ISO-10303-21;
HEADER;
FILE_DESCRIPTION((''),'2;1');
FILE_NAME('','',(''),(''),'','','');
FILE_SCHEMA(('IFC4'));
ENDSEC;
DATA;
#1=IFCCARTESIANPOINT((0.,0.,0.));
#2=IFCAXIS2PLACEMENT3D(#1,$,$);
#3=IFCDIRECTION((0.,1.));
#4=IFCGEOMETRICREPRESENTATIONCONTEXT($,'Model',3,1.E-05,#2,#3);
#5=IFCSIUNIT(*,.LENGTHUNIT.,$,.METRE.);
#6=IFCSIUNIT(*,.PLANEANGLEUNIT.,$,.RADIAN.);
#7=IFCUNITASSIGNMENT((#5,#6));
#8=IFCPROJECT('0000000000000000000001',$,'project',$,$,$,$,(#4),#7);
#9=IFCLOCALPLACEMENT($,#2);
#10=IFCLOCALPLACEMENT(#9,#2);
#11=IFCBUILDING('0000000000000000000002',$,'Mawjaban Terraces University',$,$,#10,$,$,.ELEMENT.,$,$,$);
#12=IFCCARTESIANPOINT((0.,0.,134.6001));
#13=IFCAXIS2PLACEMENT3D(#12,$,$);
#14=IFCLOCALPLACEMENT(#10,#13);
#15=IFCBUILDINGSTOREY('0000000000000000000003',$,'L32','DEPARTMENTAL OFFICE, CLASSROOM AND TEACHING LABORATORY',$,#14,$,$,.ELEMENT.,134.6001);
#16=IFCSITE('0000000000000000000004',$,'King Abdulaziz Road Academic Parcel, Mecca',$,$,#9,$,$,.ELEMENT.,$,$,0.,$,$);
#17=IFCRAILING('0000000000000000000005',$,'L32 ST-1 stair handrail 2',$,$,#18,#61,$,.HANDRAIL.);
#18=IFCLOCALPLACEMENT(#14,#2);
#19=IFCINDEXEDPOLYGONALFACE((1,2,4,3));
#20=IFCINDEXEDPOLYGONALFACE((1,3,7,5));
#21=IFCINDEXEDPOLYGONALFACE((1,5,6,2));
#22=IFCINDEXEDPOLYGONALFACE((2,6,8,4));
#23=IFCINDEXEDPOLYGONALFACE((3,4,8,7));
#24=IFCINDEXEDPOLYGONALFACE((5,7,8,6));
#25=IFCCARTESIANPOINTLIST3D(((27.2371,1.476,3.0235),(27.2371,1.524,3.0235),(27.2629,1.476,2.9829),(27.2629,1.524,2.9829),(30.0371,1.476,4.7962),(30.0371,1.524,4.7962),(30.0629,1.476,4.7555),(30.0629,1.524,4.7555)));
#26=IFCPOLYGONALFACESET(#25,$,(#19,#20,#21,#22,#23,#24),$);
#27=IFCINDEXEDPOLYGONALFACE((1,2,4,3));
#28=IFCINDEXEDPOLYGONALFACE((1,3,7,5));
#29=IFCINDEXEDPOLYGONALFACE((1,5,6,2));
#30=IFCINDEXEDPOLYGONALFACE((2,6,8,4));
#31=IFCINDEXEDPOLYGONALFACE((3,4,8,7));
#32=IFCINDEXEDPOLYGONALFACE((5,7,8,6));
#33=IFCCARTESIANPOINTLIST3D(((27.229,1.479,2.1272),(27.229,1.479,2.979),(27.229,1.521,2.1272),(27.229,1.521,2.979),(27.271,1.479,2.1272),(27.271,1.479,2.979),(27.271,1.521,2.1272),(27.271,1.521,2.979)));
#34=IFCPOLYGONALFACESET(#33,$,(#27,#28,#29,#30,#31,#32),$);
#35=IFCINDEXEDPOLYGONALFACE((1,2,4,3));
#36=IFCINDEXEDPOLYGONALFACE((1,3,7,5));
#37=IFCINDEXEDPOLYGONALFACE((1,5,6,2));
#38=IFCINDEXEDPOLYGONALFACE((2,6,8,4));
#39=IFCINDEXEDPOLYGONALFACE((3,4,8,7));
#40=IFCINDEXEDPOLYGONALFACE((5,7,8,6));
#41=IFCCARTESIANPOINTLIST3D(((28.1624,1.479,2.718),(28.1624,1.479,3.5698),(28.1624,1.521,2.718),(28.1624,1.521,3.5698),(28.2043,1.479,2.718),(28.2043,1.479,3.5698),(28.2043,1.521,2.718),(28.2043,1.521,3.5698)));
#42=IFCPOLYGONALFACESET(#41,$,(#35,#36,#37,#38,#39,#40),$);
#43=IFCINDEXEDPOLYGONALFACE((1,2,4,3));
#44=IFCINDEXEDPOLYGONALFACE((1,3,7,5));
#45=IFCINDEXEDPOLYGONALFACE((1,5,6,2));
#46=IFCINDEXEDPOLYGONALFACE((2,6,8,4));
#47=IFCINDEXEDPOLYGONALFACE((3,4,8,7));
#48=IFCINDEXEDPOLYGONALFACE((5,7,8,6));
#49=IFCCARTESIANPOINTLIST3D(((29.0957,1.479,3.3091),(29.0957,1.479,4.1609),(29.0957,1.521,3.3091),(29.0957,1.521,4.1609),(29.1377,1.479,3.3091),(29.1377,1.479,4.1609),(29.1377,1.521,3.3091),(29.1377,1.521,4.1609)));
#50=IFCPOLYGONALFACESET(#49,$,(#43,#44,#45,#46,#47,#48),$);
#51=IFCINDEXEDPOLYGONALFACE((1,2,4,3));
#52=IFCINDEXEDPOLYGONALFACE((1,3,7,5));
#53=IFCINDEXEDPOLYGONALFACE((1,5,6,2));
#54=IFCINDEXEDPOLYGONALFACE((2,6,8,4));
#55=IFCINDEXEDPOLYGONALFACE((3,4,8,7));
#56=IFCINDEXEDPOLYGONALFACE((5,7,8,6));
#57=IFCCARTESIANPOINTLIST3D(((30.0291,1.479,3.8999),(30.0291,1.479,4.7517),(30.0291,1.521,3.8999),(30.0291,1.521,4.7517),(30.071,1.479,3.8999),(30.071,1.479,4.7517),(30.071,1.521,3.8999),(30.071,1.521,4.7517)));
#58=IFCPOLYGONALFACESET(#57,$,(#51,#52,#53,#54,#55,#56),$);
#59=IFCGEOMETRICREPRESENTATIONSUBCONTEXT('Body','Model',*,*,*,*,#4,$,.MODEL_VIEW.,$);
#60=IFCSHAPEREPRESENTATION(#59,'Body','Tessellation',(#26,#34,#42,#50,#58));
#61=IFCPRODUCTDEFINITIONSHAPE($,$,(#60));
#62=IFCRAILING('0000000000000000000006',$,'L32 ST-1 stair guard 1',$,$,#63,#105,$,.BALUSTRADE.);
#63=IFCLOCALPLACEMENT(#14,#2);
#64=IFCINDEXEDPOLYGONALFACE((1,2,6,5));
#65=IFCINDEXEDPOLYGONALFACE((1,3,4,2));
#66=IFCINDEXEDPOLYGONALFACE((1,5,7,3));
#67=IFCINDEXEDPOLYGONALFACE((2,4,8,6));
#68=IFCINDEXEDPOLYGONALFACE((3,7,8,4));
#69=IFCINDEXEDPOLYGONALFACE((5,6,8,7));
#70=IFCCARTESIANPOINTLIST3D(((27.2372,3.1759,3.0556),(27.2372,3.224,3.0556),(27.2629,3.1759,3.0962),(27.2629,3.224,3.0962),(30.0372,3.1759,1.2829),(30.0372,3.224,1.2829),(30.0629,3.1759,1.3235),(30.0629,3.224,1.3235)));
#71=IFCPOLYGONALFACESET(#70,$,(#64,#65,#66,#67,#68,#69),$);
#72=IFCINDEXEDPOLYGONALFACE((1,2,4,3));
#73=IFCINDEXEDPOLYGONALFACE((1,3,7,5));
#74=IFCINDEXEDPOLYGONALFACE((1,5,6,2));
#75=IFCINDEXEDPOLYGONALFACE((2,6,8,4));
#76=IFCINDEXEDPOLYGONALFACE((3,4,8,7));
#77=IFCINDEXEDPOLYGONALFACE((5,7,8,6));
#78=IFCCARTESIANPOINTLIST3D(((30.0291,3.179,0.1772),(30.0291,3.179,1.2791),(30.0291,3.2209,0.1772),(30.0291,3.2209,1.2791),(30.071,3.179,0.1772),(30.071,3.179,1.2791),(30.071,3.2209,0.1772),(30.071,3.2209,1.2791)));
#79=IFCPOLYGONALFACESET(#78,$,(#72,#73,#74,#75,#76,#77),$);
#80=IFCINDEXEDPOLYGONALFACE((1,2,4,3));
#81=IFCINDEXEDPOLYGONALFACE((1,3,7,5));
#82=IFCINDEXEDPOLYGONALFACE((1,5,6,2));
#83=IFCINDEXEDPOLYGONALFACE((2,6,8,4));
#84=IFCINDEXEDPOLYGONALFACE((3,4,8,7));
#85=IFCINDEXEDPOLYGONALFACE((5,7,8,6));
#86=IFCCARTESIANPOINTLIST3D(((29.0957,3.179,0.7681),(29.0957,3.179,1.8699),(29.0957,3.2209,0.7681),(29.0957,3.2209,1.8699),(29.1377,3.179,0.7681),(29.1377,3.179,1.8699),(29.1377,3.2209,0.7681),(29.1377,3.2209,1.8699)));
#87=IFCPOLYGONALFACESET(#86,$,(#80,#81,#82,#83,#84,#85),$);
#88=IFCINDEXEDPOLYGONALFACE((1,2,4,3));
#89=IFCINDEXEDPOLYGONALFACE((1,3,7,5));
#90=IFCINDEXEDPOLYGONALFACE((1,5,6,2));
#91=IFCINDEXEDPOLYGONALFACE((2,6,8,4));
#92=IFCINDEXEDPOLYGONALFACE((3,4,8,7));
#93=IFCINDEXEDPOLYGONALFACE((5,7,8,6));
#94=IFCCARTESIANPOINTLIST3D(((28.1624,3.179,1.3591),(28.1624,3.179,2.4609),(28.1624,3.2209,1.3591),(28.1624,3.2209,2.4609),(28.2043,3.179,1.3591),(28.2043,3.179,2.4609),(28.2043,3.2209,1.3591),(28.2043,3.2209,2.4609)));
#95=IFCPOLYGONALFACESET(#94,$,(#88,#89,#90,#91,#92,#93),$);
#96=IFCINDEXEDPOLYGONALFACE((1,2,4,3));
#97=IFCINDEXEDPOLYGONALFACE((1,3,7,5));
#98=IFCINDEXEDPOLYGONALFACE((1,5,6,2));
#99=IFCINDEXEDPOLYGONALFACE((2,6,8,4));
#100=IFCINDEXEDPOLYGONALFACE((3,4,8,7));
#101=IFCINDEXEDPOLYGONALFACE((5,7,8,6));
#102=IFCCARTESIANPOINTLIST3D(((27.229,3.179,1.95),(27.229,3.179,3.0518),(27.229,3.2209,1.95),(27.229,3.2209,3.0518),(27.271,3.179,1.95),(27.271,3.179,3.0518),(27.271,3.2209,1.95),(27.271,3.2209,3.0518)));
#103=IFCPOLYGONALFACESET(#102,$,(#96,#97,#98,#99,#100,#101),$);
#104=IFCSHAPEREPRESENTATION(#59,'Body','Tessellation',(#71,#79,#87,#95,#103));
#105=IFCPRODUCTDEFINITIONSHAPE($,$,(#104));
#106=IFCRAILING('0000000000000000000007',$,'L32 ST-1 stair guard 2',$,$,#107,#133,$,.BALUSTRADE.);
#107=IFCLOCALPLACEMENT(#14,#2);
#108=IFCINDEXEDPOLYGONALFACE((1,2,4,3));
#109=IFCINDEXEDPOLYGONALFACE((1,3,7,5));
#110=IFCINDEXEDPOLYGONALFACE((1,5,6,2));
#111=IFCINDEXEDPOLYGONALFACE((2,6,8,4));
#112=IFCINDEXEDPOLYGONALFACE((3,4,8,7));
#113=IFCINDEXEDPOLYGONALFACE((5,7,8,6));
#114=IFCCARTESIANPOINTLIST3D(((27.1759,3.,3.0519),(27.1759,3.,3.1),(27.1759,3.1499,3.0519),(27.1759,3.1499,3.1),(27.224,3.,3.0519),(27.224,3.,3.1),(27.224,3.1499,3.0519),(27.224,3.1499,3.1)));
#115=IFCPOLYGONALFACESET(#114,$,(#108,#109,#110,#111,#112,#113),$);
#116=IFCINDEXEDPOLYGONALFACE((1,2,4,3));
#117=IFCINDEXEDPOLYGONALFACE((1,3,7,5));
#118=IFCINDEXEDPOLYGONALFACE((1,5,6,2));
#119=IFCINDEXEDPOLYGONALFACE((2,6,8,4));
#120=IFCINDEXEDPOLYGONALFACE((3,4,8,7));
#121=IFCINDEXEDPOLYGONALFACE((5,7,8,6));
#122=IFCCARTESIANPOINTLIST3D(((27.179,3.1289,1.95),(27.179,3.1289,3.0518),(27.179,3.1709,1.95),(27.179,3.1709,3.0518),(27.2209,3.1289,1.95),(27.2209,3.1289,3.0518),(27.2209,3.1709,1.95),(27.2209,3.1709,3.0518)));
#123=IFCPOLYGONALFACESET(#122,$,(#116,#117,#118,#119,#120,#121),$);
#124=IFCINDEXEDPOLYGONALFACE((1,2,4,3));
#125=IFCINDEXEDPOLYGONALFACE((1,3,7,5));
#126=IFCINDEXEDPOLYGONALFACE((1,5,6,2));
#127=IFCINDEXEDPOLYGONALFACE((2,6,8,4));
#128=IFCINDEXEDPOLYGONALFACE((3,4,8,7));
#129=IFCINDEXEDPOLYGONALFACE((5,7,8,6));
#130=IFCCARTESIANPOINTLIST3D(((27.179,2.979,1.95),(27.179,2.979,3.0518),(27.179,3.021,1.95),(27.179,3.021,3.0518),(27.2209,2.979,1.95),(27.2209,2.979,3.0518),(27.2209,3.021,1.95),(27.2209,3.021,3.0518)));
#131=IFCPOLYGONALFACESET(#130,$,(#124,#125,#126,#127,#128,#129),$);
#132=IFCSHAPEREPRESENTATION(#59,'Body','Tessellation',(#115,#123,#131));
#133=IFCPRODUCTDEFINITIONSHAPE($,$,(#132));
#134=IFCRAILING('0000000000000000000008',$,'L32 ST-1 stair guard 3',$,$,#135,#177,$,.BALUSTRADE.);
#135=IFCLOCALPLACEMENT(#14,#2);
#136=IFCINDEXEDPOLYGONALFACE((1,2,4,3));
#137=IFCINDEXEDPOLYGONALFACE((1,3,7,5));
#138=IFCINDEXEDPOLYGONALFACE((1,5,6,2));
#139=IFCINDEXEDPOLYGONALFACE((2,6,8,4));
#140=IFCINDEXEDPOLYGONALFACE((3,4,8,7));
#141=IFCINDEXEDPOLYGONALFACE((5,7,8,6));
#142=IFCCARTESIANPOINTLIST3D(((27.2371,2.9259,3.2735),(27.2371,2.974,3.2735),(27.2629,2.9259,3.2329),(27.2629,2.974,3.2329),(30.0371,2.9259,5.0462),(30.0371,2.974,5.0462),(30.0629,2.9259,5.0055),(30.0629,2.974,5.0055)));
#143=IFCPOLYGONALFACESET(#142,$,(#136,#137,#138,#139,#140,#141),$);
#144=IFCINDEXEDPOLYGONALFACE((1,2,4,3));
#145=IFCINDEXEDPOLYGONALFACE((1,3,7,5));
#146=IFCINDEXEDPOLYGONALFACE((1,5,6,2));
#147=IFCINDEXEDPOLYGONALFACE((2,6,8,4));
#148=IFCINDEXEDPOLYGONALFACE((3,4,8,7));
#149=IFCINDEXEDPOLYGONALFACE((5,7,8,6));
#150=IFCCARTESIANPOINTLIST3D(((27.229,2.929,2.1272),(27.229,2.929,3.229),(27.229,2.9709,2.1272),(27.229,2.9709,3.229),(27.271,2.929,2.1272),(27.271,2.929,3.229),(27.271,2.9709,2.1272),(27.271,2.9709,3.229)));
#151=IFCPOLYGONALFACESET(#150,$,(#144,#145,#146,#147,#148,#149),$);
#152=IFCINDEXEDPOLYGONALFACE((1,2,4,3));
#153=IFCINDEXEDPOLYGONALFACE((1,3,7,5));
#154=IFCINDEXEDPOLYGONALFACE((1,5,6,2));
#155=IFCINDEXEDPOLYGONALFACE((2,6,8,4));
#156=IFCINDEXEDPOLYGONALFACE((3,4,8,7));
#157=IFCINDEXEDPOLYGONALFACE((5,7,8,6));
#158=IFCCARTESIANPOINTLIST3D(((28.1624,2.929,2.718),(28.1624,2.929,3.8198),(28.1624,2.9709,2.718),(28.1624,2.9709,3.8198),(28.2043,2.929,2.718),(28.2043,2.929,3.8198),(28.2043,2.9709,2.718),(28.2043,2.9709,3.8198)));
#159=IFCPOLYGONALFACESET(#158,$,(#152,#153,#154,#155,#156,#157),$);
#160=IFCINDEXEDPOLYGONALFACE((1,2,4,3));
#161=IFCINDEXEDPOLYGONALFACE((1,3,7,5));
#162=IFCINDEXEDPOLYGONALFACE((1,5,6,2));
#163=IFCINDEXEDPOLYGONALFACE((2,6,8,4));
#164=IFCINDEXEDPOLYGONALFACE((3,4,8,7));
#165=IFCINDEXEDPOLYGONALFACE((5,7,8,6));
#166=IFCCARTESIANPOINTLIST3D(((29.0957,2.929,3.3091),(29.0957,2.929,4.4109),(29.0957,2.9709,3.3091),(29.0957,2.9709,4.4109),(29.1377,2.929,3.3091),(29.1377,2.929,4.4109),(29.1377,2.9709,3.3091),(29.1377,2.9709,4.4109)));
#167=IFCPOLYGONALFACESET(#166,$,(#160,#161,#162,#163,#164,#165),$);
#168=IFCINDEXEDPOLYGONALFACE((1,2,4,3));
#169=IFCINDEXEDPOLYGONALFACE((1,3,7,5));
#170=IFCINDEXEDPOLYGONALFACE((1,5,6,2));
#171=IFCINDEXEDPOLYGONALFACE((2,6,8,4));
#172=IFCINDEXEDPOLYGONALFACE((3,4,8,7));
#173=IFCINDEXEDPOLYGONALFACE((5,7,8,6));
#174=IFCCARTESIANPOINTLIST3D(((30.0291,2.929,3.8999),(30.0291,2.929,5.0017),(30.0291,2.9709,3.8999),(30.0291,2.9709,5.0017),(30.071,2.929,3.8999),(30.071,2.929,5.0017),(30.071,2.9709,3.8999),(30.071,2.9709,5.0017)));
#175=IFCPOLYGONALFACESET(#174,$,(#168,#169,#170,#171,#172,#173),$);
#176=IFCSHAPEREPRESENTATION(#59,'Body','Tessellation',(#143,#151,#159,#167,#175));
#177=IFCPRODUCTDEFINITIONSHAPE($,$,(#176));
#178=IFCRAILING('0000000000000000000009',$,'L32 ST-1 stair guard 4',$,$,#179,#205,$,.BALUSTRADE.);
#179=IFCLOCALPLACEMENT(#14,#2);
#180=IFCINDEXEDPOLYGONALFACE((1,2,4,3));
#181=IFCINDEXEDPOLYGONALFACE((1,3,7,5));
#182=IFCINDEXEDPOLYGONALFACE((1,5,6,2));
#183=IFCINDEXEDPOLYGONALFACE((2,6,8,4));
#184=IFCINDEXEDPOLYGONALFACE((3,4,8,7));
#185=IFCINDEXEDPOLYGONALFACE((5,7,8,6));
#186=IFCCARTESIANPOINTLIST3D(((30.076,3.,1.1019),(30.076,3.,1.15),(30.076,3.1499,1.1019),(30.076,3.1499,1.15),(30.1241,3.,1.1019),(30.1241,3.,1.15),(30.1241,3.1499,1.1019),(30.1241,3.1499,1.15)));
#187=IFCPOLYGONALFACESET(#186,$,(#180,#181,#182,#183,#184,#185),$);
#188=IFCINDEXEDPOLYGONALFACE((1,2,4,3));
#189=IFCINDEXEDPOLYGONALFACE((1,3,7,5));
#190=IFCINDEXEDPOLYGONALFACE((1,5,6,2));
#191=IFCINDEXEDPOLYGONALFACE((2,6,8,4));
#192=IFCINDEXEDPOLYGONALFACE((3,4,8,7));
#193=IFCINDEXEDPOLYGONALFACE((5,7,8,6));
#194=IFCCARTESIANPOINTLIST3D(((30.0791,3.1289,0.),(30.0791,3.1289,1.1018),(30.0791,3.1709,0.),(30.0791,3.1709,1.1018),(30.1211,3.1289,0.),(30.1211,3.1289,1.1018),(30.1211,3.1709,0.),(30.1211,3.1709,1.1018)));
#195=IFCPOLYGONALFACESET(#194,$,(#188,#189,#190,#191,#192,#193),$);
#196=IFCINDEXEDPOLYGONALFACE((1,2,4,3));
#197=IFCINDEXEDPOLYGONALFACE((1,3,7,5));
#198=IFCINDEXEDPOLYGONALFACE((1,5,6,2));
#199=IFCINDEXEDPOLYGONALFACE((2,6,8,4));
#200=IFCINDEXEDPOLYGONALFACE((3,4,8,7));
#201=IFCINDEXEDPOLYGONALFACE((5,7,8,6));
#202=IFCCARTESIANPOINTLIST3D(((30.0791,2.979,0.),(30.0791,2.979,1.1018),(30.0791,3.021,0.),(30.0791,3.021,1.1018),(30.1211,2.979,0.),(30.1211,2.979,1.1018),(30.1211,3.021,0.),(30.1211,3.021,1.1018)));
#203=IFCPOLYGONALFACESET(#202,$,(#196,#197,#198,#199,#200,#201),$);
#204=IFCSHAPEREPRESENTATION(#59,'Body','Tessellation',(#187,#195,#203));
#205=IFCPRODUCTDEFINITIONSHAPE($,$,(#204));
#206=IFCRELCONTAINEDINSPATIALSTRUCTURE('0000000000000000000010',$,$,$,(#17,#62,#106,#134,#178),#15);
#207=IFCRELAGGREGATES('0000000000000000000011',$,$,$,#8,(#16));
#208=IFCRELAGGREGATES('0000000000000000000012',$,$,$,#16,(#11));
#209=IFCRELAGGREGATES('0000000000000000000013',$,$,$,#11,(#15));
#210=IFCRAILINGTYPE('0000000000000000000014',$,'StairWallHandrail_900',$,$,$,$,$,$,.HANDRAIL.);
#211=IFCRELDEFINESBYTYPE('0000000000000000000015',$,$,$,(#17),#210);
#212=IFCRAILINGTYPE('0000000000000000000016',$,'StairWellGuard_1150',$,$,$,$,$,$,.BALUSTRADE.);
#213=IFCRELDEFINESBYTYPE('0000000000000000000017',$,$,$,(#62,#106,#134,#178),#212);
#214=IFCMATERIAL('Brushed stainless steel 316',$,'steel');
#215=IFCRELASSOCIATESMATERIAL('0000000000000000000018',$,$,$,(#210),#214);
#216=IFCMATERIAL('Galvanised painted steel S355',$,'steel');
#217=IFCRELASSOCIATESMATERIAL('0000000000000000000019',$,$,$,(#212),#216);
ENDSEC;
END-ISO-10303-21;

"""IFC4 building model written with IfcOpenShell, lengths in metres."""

from ifc_helpers import new_model, si_unit, direction, frame, origin, origin_2d, place, context, subcontext, project, spatial, rectangle, extrude, material, type_object, element, save


model = new_model("IFC4")

# Units and contexts
model_context = context("Model", 3, precision=1e-05, world=origin(), true_north=direction((0.0, 1.0)))
body_context = subcontext(model_context, "Body", "Model", "MODEL_VIEW")
ifc_project = project(units=[si_unit("LENGTHUNIT", "METRE"), si_unit("PLANEANGLEUNIT", "RADIAN")], contexts=[model_context])

# Site, building, storey
site_placement = place(None, origin())
site = spatial("IfcSite", under=ifc_project, at=site_placement, Name="King Abdulaziz Road Academic Parcel, Mecca", CompositionType="ELEMENT", RefElevation=0.0)
building_placement = place(site_placement, origin())
building = spatial("IfcBuilding", under=site, at=building_placement, Name="Mawjaban Terraces University", CompositionType="ELEMENT")
storey_placement = place(building_placement, frame((0.0, 0.0, 134.6001)))
storey = spatial("IfcBuildingStorey", under=building, at=storey_placement, Name="L32", Description="DEPARTMENTAL OFFICE, CLASSROOM AND TEACHING LABORATORY", CompositionType="ELEMENT", Elevation=134.6001)

# Railings
ifc_material_1 = material(Name="Brushed stainless steel 316", Category="steel")
railing_type_1 = type_object("IfcRailingType", Name="StairWallHandrail_900", PredefinedType="HANDRAIL", material=ifc_material_1)
railing_1_placement = place(storey_placement, frame((27.25, 1.5, 2.1272)))
element("IfcRailing", 1, at=railing_1_placement, inside=storey, type_object=railing_type_1, Name="L32 ST-1 stair handrail 2", PredefinedType="HANDRAIL", context=body_context, shape_type="SweptSolid", body=[
    extrude(rectangle(XDim=0.0481, YDim=0.0481, at=origin_2d()), frame((0.0, 0.0, 0.876), z_axis=(0.844909, 0.0, 0.53491), x_axis=(0.0, 1.0, 0.0)), (0.0, 0.0, 1.0), 3.314),
    extrude(rectangle(XDim=0.042, YDim=0.042, at=origin_2d()), origin(), (0.0, 0.0, 1.0), 0.8518),
    extrude(rectangle(XDim=0.042, YDim=0.042, at=origin_2d()), frame((0.9333, 0.0, 0.5908)), (0.0, 0.0, 1.0), 0.8518),
    extrude(rectangle(XDim=0.042, YDim=0.042, at=origin_2d()), frame((1.8667, 0.0, 1.1819)), (0.0, 0.0, 1.0), 0.8518),
    extrude(rectangle(XDim=0.042, YDim=0.042, at=origin_2d()), frame((2.8, 0.0, 1.7727)), (0.0, 0.0, 1.0), 0.8518),
])
ifc_material_2 = material(Name="Galvanised painted steel S355", Category="steel")
railing_type_2 = type_object("IfcRailingType", Name="StairWellGuard_1150", PredefinedType="BALUSTRADE", material=ifc_material_2)
railing_2_placement = place(storey_placement, frame((30.05, 3.2, 0.1772)))
element("IfcRailing", 2, at=railing_2_placement, inside=storey, type_object=railing_type_2, Name="L32 ST-1 stair guard 1", PredefinedType="BALUSTRADE", context=body_context, shape_type="SweptSolid", body=[
    extrude(rectangle(XDim=0.0481, YDim=0.0481, at=origin_2d()), frame((0.0, 0.0, 1.126), z_axis=(-0.844909, 0.0, 0.53491), x_axis=(0.0, -1.0, 0.0)), (0.0, 0.0, 1.0), 3.314),
    extrude(rectangle(XDim=0.042, YDim=0.042, at=origin_2d()), origin(), (0.0, 0.0, 1.0), 1.1018),
    extrude(rectangle(XDim=0.042, YDim=0.042, at=origin_2d()), frame((-0.9333, 0.0, 0.5908)), (0.0, 0.0, 1.0), 1.1018),
    extrude(rectangle(XDim=0.042, YDim=0.042, at=origin_2d()), frame((-1.8667, 0.0, 1.1819)), (0.0, 0.0, 1.0), 1.1018),
    extrude(rectangle(XDim=0.042, YDim=0.042, at=origin_2d()), frame((-2.8, 0.0, 1.7727)), (0.0, 0.0, 1.0), 1.1018),
])
railing_3_placement = place(storey_placement, frame((27.2, 3.1499, 1.95)))
element("IfcRailing", 3, at=railing_3_placement, inside=storey, type_object=railing_type_2, Name="L32 ST-1 stair guard 2", PredefinedType="BALUSTRADE", context=body_context, shape_type="SweptSolid", body=[
    extrude(rectangle(XDim=0.0481, YDim=0.0481, at=origin_2d()), frame((0.0, 0.0, 1.126), z_axis=(0.0, -1.0, 0.0), x_axis=(1.0, 0.0, 0.0)), (0.0, 0.0, 1.0), 0.1499),
    extrude(rectangle(XDim=0.042, YDim=0.042, at=origin_2d()), origin(), (0.0, 0.0, 1.0), 1.1018),
    extrude(rectangle(XDim=0.042, YDim=0.042, at=origin_2d()), frame((0.0, -0.1499, 0.0)), (0.0, 0.0, 1.0), 1.1018),
])
railing_4_placement = place(storey_placement, frame((27.25, 2.95, 2.1272)))
element("IfcRailing", 4, at=railing_4_placement, inside=storey, type_object=railing_type_2, Name="L32 ST-1 stair guard 3", PredefinedType="BALUSTRADE", context=body_context, shape_type="SweptSolid", body=[
    extrude(rectangle(XDim=0.0481, YDim=0.0481, at=origin_2d()), frame((0.0, 0.0, 1.126), z_axis=(0.844909, 0.0, 0.53491), x_axis=(0.0, 1.0, 0.0)), (0.0, 0.0, 1.0), 3.314),
    extrude(rectangle(XDim=0.042, YDim=0.042, at=origin_2d()), origin(), (0.0, 0.0, 1.0), 1.1018),
    extrude(rectangle(XDim=0.042, YDim=0.042, at=origin_2d()), frame((0.9333, 0.0, 0.5908)), (0.0, 0.0, 1.0), 1.1018),
    extrude(rectangle(XDim=0.042, YDim=0.042, at=origin_2d()), frame((1.8667, 0.0, 1.1819)), (0.0, 0.0, 1.0), 1.1018),
    extrude(rectangle(XDim=0.042, YDim=0.042, at=origin_2d()), frame((2.8, 0.0, 1.7727)), (0.0, 0.0, 1.0), 1.1018),
])
railing_5_placement = place(storey_placement, frame((30.1001, 3.1499, 0.0)))
element("IfcRailing", 5, at=railing_5_placement, inside=storey, type_object=railing_type_2, Name="L32 ST-1 stair guard 4", PredefinedType="BALUSTRADE", context=body_context, shape_type="SweptSolid", body=[
    extrude(rectangle(XDim=0.0481, YDim=0.0481, at=origin_2d()), frame((0.0, 0.0, 1.126), z_axis=(0.0, -1.0, 0.0), x_axis=(1.0, 0.0, 0.0)), (0.0, 0.0, 1.0), 0.1499),
    extrude(rectangle(XDim=0.042, YDim=0.042, at=origin_2d()), origin(), (0.0, 0.0, 1.0), 1.1018),
    extrude(rectangle(XDim=0.042, YDim=0.042, at=origin_2d()), frame((0.0, -0.1499, 0.0)), (0.0, 0.0, 1.0), 1.1018),
])

save(model, "model.ifc")
